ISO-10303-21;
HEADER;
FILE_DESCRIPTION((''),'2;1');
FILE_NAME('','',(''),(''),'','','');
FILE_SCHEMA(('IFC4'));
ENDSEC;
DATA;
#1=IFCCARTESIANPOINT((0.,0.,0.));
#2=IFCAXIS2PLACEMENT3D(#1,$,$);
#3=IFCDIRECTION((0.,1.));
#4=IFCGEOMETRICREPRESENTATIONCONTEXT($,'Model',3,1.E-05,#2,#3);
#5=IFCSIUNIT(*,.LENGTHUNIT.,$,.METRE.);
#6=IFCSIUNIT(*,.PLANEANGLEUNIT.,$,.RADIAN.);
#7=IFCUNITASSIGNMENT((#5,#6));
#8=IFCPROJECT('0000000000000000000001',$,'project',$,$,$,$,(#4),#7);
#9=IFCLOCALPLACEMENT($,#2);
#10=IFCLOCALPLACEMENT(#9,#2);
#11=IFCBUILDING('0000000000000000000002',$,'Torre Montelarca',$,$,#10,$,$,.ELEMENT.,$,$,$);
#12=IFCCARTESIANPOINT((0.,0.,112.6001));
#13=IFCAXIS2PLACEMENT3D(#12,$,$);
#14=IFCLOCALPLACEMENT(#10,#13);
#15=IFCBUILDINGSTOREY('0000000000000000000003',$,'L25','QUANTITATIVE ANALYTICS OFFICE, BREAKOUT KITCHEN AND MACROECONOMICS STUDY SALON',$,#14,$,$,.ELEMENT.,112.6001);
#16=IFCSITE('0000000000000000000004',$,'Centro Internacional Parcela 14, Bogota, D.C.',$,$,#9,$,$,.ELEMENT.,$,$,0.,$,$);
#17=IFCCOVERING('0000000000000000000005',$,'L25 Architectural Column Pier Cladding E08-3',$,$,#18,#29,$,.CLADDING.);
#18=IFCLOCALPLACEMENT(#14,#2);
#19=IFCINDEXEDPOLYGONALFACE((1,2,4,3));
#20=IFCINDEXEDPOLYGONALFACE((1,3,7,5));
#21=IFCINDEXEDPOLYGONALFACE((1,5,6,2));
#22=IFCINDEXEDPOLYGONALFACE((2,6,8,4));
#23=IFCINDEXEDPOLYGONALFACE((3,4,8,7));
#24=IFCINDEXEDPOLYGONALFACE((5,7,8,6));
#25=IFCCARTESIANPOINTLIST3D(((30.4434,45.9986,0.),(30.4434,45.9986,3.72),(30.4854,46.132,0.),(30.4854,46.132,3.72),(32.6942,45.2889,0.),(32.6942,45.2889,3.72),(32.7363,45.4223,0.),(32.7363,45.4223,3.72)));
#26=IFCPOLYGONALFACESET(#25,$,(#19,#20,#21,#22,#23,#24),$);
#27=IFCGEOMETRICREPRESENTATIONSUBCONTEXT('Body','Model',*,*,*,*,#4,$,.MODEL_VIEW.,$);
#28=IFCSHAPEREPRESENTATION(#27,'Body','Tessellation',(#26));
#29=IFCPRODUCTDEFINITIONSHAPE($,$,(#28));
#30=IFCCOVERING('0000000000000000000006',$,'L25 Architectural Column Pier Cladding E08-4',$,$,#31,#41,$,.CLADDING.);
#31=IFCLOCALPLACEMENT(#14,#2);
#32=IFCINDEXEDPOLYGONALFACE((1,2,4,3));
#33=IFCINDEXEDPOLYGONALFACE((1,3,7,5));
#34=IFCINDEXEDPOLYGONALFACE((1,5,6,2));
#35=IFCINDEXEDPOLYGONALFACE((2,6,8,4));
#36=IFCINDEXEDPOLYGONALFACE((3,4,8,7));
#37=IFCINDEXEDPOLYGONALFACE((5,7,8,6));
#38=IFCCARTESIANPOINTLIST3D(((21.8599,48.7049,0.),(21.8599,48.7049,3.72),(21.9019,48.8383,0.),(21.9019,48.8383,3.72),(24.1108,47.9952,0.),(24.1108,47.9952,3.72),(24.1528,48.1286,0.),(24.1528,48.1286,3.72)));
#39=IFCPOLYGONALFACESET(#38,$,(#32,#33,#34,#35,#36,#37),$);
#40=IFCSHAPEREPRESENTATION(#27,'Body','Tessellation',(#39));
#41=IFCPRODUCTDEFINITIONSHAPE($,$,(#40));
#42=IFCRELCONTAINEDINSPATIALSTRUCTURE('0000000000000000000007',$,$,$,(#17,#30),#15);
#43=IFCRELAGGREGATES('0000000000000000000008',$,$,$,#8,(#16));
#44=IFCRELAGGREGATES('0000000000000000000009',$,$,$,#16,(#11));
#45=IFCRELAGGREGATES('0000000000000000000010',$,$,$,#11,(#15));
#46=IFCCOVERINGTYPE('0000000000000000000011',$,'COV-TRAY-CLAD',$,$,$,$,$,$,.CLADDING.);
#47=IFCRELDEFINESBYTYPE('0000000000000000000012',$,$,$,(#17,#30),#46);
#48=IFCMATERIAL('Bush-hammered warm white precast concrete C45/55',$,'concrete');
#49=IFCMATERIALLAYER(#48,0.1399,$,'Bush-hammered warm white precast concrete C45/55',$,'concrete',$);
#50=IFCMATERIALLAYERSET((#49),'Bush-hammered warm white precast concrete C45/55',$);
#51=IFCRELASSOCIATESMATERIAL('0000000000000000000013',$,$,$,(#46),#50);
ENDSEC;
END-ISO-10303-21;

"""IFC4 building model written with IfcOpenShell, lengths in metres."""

from ifc_helpers import new_model, si_unit, direction, frame, origin, origin_2d, place, context, subcontext, project, spatial, rectangle, extrude, source, transform, mapped, material, layer, layer_set, type_object, element, save


model = new_model("IFC4")

# Units and contexts
model_context = context("Model", 3, precision=1e-05, world=origin(), true_north=direction((0.0, 1.0)))
body_context = subcontext(model_context, "Body", "Model", "MODEL_VIEW")
ifc_project = project(units=[si_unit("LENGTHUNIT", "METRE"), si_unit("PLANEANGLEUNIT", "RADIAN")], contexts=[model_context])

# Site, building, storey
site_placement = place(None, origin())
site = spatial("IfcSite", under=ifc_project, at=site_placement, Name="Centro Internacional Parcela 14, Bogota, D.C.", CompositionType="ELEMENT", RefElevation=0.0)
building_placement = place(site_placement, origin())
building = spatial("IfcBuilding", under=site, at=building_placement, Name="Torre Montelarca", CompositionType="ELEMENT")
storey_placement = place(building_placement, frame((0.0, 0.0, 112.6001)))
storey = spatial("IfcBuildingStorey", under=building, at=storey_placement, Name="L25", Description="QUANTITATIVE ANALYTICS OFFICE, BREAKOUT KITCHEN AND MACROECONOMICS STUDY SALON", CompositionType="ELEMENT", Elevation=112.6001)

# Coverings
ifc_material_1 = material(Name="Bush-hammered warm white precast concrete C45/55", Category="concrete")
ifc_layer_1 = layer(ifc_material_1, 0.1399, Name="Bush-hammered warm white precast concrete C45/55", Category="concrete")
ifc_layer_set_1 = layer_set([ifc_layer_1], Name="Bush-hammered warm white precast concrete C45/55")
covering_type = type_object("IfcCoveringType", Name="COV-TRAY-CLAD", PredefinedType="CLADDING", material=ifc_layer_set_1)
shared_shape_1 = source(origin(), body_context, "Body", "SweptSolid", [
    extrude(rectangle(XDim=2.3601, YDim=0.1399, at=origin_2d()), origin(), (0.0, 0.0, 1.0), 3.72),
])
for number, where, z_axis, x_axis, name in (
    (1, (31.5898, 45.7104, 0.0), (0.0, 0.0, 1.0), (-0.953717, 0.300704, 0.0), "L25 Architectural Column Pier Cladding E08-3"),
    (2, (23.0063, 48.4167, 0.0), (0.0, 0.0, 1.0), (-0.953717, 0.300704, 0.0), "L25 Architectural Column Pier Cladding E08-4"),
):
    element("IfcCovering", number, at=place(storey_placement, frame(where, z_axis=z_axis, x_axis=x_axis)), inside=storey, type_object=covering_type, Name=name, PredefinedType="CLADDING", context=body_context, shape_type="MappedRepresentation", body=[
        mapped(shared_shape_1, transform((0.0, 0.0, 0.0), scale=1.0)),
    ])

save(model, "model.ifc")
